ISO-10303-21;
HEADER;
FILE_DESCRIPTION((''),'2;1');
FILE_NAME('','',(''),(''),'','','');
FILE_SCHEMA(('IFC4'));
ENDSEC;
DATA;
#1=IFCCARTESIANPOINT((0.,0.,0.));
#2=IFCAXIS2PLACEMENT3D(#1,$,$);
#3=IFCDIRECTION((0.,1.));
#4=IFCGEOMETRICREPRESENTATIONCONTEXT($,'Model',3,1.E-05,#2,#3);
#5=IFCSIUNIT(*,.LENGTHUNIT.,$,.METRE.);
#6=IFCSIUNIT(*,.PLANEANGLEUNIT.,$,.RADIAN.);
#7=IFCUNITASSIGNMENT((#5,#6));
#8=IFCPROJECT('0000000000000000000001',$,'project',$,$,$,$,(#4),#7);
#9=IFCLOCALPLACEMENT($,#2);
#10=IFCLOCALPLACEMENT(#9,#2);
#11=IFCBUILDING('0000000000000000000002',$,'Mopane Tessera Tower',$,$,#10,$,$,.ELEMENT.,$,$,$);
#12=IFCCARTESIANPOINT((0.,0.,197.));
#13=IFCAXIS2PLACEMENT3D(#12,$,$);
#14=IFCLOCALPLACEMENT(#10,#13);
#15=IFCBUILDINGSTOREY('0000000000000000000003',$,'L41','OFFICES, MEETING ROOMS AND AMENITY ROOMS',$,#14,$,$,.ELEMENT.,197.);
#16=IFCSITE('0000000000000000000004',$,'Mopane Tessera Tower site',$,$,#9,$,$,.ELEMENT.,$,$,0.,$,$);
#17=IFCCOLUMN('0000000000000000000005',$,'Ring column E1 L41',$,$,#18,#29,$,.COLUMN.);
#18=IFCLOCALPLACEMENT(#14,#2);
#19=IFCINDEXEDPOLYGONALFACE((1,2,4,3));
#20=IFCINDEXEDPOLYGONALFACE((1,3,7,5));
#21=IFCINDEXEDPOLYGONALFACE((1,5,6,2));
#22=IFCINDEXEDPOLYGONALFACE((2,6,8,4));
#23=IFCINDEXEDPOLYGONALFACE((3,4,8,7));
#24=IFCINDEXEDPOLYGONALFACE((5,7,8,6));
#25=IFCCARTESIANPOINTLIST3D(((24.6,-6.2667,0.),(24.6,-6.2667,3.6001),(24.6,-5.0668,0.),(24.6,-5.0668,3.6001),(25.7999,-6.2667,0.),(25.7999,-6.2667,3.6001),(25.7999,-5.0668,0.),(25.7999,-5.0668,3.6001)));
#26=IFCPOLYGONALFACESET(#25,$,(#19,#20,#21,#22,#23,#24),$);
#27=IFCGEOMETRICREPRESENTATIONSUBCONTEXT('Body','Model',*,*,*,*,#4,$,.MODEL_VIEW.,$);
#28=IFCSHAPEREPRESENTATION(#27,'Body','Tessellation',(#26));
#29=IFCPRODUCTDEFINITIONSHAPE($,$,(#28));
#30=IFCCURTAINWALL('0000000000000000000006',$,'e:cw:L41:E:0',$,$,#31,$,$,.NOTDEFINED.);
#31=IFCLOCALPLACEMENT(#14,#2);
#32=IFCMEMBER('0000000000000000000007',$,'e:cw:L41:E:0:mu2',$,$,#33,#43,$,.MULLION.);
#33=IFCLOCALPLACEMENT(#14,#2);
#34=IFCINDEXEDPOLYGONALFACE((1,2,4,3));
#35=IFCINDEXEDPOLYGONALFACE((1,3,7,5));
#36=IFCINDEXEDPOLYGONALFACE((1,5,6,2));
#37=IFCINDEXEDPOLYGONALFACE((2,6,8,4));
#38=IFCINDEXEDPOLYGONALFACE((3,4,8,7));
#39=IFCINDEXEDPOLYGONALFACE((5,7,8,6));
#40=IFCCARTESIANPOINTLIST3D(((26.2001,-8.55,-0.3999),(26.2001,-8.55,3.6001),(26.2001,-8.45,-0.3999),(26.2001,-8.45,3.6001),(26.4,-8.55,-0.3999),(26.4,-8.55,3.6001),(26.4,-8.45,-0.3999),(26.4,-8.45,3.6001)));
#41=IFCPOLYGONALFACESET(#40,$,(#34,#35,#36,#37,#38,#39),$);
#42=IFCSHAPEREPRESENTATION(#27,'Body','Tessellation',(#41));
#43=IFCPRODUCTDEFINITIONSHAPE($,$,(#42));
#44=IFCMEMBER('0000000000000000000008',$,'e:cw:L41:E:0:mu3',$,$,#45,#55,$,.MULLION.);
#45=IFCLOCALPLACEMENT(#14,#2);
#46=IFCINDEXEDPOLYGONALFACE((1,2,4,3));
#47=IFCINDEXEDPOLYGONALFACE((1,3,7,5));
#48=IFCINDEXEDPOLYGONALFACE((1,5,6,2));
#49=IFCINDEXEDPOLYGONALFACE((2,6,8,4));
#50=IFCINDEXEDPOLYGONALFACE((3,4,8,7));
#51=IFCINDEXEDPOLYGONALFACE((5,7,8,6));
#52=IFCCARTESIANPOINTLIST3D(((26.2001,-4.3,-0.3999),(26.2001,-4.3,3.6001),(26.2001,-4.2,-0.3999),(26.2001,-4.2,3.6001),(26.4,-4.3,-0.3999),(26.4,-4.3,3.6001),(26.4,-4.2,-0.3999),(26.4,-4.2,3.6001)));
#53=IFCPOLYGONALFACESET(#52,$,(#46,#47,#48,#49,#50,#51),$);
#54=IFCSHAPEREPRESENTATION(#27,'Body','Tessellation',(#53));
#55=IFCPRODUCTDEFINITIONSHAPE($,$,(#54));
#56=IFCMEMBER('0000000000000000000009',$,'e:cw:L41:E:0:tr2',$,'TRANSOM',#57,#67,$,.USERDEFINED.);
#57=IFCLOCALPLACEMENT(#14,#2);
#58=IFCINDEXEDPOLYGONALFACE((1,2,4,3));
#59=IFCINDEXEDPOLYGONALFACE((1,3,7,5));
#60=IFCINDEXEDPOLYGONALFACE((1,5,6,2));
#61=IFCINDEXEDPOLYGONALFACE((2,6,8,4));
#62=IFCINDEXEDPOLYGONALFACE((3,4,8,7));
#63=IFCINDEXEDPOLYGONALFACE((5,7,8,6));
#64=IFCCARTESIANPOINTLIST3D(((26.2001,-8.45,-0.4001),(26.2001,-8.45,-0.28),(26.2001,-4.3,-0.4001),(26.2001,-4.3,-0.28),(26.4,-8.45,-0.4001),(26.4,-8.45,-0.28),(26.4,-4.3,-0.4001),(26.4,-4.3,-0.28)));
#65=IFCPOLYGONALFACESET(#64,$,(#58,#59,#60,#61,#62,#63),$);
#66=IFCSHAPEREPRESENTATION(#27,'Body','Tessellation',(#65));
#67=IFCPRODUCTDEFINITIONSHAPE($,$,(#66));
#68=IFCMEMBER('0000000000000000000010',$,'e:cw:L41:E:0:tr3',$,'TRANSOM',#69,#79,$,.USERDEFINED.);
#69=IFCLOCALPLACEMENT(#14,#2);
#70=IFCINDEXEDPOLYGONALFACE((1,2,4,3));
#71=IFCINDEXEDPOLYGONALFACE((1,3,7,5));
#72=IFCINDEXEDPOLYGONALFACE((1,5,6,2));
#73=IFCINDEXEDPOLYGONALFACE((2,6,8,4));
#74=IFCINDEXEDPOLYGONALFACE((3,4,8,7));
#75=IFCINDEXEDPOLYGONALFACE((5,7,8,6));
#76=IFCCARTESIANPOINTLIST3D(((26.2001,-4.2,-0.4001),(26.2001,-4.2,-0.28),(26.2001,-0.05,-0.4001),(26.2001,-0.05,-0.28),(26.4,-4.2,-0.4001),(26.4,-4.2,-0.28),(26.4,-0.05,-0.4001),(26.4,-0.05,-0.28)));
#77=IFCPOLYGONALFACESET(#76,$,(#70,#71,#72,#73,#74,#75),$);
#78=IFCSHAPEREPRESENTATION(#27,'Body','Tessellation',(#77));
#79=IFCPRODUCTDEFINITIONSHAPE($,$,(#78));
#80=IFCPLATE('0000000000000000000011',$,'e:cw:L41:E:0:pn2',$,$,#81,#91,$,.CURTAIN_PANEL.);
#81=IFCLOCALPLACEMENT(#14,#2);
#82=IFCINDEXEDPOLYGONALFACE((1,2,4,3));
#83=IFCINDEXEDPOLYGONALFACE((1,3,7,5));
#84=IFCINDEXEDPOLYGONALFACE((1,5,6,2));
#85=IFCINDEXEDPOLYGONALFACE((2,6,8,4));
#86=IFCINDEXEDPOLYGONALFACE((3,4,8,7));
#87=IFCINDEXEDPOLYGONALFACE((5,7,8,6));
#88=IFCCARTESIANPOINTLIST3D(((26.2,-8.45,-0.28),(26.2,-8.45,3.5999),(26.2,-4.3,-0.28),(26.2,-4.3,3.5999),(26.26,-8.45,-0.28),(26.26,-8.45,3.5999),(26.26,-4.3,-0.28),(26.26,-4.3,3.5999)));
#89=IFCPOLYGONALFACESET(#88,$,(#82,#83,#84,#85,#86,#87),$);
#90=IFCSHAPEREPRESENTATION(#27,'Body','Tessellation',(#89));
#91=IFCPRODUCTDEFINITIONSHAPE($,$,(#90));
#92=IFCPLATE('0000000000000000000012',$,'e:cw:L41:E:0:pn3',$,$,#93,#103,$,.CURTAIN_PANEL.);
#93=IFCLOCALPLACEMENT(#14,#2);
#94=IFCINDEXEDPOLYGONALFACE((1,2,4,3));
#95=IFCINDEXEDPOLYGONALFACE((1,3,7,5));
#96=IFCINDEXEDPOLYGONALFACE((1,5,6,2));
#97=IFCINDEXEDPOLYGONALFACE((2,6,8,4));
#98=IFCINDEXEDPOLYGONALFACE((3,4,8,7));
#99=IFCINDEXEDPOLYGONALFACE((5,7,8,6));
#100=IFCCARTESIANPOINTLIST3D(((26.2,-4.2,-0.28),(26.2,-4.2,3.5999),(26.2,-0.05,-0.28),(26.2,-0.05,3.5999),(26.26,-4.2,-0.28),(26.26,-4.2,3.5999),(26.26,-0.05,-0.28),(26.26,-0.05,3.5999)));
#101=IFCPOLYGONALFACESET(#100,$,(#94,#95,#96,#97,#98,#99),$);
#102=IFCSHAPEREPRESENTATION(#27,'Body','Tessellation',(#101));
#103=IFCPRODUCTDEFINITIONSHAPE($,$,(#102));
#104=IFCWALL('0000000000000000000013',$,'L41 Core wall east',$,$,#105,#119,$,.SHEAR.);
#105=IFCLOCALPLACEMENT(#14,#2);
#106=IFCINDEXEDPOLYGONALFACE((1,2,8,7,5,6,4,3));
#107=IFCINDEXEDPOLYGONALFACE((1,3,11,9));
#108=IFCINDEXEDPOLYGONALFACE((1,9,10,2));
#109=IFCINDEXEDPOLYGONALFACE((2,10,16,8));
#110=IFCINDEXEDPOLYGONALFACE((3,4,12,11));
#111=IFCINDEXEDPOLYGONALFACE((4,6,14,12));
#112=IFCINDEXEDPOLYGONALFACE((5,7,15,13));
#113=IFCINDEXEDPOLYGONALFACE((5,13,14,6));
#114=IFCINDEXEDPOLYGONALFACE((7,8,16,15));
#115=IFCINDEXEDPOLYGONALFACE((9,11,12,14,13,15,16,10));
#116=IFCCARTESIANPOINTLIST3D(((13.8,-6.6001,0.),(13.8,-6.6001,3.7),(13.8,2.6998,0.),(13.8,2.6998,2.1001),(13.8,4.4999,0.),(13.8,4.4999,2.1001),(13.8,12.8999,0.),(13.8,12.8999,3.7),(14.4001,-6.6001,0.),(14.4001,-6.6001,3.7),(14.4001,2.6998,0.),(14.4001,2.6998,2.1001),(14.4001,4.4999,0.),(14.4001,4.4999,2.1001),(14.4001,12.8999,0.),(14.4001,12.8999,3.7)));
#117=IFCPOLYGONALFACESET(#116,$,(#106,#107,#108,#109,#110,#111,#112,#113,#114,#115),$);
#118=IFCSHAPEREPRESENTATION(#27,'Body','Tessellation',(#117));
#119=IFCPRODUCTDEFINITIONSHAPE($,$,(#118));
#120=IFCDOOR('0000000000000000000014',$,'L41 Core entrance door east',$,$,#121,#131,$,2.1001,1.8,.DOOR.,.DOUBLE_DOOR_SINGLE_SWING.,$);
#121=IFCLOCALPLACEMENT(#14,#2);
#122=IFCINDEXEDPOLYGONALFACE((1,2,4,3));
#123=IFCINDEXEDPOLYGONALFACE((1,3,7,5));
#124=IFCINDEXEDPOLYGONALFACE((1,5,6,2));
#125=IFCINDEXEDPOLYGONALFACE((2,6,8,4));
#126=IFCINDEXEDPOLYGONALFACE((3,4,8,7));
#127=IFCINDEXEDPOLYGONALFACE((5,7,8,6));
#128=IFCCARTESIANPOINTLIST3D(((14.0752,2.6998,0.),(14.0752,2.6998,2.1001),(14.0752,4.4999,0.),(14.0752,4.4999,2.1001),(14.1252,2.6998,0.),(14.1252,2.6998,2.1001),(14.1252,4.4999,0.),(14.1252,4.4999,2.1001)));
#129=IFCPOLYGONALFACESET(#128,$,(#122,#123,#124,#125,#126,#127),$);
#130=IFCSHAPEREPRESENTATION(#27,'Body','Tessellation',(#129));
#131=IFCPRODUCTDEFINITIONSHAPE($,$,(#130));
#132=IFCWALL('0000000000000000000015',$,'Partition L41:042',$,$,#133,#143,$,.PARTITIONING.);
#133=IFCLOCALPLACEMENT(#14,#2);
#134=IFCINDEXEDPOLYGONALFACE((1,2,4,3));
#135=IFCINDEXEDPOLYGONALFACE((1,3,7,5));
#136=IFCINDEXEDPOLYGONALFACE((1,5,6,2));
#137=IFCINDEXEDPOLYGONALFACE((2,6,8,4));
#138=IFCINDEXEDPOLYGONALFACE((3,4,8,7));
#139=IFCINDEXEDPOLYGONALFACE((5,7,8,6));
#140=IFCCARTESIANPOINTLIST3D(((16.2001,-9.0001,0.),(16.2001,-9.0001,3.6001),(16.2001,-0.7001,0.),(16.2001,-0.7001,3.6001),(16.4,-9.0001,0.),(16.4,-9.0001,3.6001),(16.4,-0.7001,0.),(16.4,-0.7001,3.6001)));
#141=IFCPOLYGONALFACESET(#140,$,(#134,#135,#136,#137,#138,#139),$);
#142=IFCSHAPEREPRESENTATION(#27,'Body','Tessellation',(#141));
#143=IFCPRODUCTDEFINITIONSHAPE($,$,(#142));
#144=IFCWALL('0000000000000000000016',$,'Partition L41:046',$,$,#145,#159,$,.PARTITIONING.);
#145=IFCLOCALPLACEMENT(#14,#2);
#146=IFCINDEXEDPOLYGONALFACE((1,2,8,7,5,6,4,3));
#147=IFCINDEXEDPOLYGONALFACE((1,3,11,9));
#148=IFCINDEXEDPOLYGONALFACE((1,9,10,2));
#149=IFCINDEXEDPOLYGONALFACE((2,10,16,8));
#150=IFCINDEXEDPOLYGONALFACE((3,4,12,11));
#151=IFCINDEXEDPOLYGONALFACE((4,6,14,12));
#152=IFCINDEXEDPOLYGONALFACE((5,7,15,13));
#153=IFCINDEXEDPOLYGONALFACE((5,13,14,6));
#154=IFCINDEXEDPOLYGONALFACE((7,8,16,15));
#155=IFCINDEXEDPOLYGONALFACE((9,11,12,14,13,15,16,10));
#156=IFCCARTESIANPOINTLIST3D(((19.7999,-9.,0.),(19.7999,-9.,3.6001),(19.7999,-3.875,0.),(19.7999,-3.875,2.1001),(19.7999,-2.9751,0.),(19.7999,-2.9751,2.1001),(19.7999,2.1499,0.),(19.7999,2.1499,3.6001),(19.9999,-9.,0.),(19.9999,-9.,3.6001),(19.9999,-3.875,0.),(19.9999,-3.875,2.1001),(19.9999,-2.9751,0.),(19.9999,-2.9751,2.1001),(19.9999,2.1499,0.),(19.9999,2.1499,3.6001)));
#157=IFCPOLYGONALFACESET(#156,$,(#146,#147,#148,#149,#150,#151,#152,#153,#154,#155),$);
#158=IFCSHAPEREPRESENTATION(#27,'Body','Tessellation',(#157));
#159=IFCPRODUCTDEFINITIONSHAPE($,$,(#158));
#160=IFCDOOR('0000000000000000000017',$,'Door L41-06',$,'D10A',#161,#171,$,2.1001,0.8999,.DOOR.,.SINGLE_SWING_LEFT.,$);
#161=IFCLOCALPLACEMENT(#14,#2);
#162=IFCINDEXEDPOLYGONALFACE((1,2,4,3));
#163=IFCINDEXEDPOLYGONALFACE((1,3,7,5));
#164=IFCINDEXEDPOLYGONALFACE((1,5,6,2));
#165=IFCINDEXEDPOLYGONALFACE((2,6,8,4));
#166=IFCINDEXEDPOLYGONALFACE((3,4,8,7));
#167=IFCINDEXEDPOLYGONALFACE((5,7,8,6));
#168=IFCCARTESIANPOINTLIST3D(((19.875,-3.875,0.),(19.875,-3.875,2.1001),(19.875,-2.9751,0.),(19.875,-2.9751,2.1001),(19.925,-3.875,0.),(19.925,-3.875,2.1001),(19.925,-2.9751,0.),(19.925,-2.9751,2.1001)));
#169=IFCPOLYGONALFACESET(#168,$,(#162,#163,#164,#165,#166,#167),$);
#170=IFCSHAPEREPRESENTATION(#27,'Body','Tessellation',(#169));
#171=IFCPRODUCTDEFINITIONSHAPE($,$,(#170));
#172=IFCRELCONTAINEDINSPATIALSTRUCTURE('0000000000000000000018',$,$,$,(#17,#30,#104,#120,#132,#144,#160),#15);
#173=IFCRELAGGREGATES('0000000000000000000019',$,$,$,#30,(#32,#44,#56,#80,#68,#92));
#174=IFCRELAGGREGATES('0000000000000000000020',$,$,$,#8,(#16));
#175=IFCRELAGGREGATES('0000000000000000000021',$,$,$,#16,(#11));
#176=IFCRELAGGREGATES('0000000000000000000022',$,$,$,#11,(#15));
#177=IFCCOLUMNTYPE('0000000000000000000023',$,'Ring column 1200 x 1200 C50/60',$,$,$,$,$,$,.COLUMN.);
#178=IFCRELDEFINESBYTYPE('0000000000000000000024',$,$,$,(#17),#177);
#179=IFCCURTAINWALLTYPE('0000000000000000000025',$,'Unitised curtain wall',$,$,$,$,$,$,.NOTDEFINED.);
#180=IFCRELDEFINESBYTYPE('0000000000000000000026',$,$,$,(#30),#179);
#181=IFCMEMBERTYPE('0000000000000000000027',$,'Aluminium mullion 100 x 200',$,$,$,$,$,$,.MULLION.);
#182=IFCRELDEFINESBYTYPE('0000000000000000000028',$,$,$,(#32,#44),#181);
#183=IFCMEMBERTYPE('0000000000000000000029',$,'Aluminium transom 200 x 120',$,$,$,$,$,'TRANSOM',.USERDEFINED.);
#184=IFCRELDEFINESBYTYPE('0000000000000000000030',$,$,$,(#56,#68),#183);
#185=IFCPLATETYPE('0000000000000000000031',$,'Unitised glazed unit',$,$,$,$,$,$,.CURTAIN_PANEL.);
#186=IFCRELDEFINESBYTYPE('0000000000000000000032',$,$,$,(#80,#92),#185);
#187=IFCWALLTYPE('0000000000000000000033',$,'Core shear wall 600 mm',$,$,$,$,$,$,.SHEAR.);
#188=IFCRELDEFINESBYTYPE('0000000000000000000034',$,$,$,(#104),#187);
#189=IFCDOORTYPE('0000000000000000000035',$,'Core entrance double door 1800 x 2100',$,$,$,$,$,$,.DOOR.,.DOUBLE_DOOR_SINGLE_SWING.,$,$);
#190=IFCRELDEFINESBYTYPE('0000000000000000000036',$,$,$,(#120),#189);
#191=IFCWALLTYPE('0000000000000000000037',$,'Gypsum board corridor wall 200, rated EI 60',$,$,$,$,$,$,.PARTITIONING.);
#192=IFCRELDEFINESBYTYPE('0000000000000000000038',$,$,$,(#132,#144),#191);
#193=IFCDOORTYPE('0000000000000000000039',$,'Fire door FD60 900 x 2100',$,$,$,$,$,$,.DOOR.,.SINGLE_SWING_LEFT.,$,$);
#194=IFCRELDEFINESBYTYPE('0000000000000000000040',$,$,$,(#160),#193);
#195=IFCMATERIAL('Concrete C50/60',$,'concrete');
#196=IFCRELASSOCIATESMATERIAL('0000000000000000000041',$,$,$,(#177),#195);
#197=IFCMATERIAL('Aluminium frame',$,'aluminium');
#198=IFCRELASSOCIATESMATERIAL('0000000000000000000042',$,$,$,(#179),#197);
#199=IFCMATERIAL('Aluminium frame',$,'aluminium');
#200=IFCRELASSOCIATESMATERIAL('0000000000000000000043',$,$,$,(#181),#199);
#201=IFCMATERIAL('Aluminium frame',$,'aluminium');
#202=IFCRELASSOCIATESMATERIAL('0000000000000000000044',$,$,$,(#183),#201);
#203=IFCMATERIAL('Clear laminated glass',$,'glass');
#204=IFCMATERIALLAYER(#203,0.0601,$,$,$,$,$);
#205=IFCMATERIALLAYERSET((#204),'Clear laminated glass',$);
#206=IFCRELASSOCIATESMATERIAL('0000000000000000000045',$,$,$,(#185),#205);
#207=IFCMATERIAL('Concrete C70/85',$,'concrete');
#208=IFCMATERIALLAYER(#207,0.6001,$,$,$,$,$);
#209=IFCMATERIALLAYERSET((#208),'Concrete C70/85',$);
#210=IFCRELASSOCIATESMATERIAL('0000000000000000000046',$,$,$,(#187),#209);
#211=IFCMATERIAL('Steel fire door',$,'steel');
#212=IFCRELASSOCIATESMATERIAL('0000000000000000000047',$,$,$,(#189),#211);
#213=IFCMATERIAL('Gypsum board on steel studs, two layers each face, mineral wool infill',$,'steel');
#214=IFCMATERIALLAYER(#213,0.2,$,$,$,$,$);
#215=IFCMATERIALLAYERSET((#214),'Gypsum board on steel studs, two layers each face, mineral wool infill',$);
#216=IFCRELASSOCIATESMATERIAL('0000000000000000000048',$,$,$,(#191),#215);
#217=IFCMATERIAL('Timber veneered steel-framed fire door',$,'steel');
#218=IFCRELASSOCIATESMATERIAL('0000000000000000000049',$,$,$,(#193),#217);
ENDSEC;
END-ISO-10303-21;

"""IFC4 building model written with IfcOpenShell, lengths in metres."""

from ifc_helpers import new_model, si_unit, direction, frame, frame_2d, origin, origin_2d, place, context, subcontext, project, spatial, rectangle, extrude, material, layer, layer_set, material_profile, profile_set, type_object, element, fill, aggregate, save


model = new_model("IFC4")

# Units and contexts
model_context = context("Model", 3, precision=1e-05, world=origin(), true_north=direction((0.0, 1.0)))
body_context = subcontext(model_context, "Body", "Model", "MODEL_VIEW")
ifc_project = project(units=[si_unit("LENGTHUNIT", "METRE"), si_unit("PLANEANGLEUNIT", "RADIAN")], contexts=[model_context])

# Site, building, storey
site_placement = place(None, origin())
site = spatial("IfcSite", under=ifc_project, at=site_placement, Name="Mopane Tessera Tower site", CompositionType="ELEMENT", RefElevation=0.0)
building_placement = place(site_placement, origin())
building = spatial("IfcBuilding", under=site, at=building_placement, Name="Mopane Tessera Tower", CompositionType="ELEMENT")
storey_placement = place(building_placement, frame((0.0, 0.0, 197.0)))
storey = spatial("IfcBuildingStorey", under=building, at=storey_placement, Name="L41", Description="OFFICES, MEETING ROOMS AND AMENITY ROOMS", CompositionType="ELEMENT", Elevation=197.0)

# Column
ifc_material_1 = material(Name="Concrete C50/60", Category="concrete")
ifc_material_profile_1 = material_profile(ifc_material_1, rectangle(XDim=1.2, YDim=1.2, at=origin_2d()))
ifc_profile_set_1 = profile_set([ifc_material_profile_1], Name="Concrete C50/60")
column_type = type_object("IfcColumnType", Name="Ring column 1200 x 1200 C50/60", PredefinedType="COLUMN", material=ifc_profile_set_1)
column_placement = place(storey_placement, frame((25.2, -5.6667, 0.0), z_axis=(0.0, 0.0, 1.0), x_axis=(1.0, 0.0, 0.0)))
element("IfcColumn", 1, at=column_placement, inside=storey, type_object=column_type, Name="Ring column E1 L41", PredefinedType="COLUMN", context=body_context, shape_type="SweptSolid", body=[
    extrude(rectangle(XDim=1.2, YDim=1.2, at=origin_2d()), origin(), (0.0, 0.0, 1.0), 3.6001),
])

# Curtain wall, members, plates
ifc_material_2 = material(Name="Aluminium frame", Category="aluminium")
curtain_wall_type = type_object("IfcCurtainWallType", Name="Unitised curtain wall", PredefinedType="NOTDEFINED", material=ifc_material_2)
curtain_wall_placement = place(storey_placement, origin())
curtain_wall = element("IfcCurtainWall", 2, at=curtain_wall_placement, inside=storey, type_object=curtain_wall_type, Name="e:cw:L41:E:0", PredefinedType="NOTDEFINED")
ifc_material_3 = material(Name="Aluminium frame", Category="aluminium")
ifc_material_profile_2 = material_profile(ifc_material_3, rectangle(XDim=0.1001, YDim=0.2, at=origin_2d()))
ifc_profile_set_2 = profile_set([ifc_material_profile_2], Name="Aluminium frame")
member_type_1 = type_object("IfcMemberType", Name="Aluminium mullion 100 x 200", PredefinedType="MULLION", material=ifc_profile_set_2)
member_1_placement = place(storey_placement, frame((26.3, -8.5, -0.3999), z_axis=(0.0, 0.0, 1.0), x_axis=(0.0, 1.0, 0.0)))
member_1 = element("IfcMember", 3, at=member_1_placement, type_object=member_type_1, Name="e:cw:L41:E:0:mu2", PredefinedType="MULLION", context=body_context, shape_type="SweptSolid", body=[
    extrude(rectangle(XDim=0.1001, YDim=0.2, at=origin_2d()), origin(), (0.0, 0.0, 1.0), 4.0),
])
member_2_placement = place(storey_placement, frame((26.3, -4.25, -0.3999), z_axis=(0.0, 0.0, 1.0), x_axis=(0.0, 1.0, 0.0)))
member_2 = element("IfcMember", 4, at=member_2_placement, type_object=member_type_1, Name="e:cw:L41:E:0:mu3", PredefinedType="MULLION", context=body_context, shape_type="SweptSolid", body=[
    extrude(rectangle(XDim=0.1001, YDim=0.2, at=origin_2d()), origin(), (0.0, 0.0, 1.0), 4.0),
])
ifc_material_4 = material(Name="Aluminium frame", Category="aluminium")
ifc_material_profile_3 = material_profile(ifc_material_4, rectangle(XDim=0.2, YDim=0.1201, at=origin_2d()))
ifc_profile_set_3 = profile_set([ifc_material_profile_3], Name="Aluminium frame")
member_type_2 = type_object("IfcMemberType", Name="Aluminium transom 200 x 120", ElementType="TRANSOM", PredefinedType="USERDEFINED", material=ifc_profile_set_3)
member_3_placement = place(storey_placement, frame((26.3, -8.45, -0.3401), z_axis=(0.0, 1.0, 0.0), x_axis=(-1.0, 0.0, 0.0)))
member_3 = element("IfcMember", 5, at=member_3_placement, type_object=member_type_2, Name="e:cw:L41:E:0:tr2", ObjectType="TRANSOM", PredefinedType="USERDEFINED", context=body_context, shape_type="SweptSolid", body=[
    extrude(rectangle(XDim=0.2, YDim=0.1201, at=origin_2d()), origin(), (0.0, 0.0, 1.0), 4.1499),
])
member_4_placement = place(storey_placement, frame((26.3, -4.2, -0.3401), z_axis=(0.0, 1.0, 0.0), x_axis=(-1.0, 0.0, 0.0)))
member_4 = element("IfcMember", 6, at=member_4_placement, type_object=member_type_2, Name="e:cw:L41:E:0:tr3", ObjectType="TRANSOM", PredefinedType="USERDEFINED", context=body_context, shape_type="SweptSolid", body=[
    extrude(rectangle(XDim=0.2, YDim=0.1201, at=origin_2d()), origin(), (0.0, 0.0, 1.0), 4.1499),
])
ifc_material_5 = material(Name="Clear laminated glass", Category="glass")
ifc_layer_1 = layer(ifc_material_5, 0.0601)
ifc_layer_set_1 = layer_set([ifc_layer_1], Name="Clear laminated glass")
plate_type = type_object("IfcPlateType", Name="Unitised glazed unit", PredefinedType="CURTAIN_PANEL", material=ifc_layer_set_1)
plate_1_placement = place(storey_placement, frame((26.23, -6.375, -0.28), z_axis=(0.0, 0.0, 1.0), x_axis=(0.0, 1.0, 0.0)))
plate_1 = element("IfcPlate", 7, at=plate_1_placement, type_object=plate_type, Name="e:cw:L41:E:0:pn2", PredefinedType="CURTAIN_PANEL", context=body_context, shape_type="SweptSolid", body=[
    extrude(rectangle(XDim=4.1499, YDim=0.0601, at=origin_2d()), origin(), (0.0, 0.0, 1.0), 3.8799),
])
plate_2_placement = place(storey_placement, frame((26.23, -2.125, -0.28), z_axis=(0.0, 0.0, 1.0), x_axis=(0.0, 1.0, 0.0)))
plate_2 = element("IfcPlate", 8, at=plate_2_placement, type_object=plate_type, Name="e:cw:L41:E:0:pn3", PredefinedType="CURTAIN_PANEL", context=body_context, shape_type="SweptSolid", body=[
    extrude(rectangle(XDim=4.1499, YDim=0.0601, at=origin_2d()), origin(), (0.0, 0.0, 1.0), 3.8799),
])
aggregate(curtain_wall, [member_1, member_2, member_3, plate_1, member_4, plate_2])

# Wall, opening, door
ifc_material_6 = material(Name="Concrete C70/85", Category="concrete")
ifc_layer_2 = layer(ifc_material_6, 0.6001)
ifc_layer_set_2 = layer_set([ifc_layer_2], Name="Concrete C70/85")
wall_type_1 = type_object("IfcWallType", Name="Core shear wall 600 mm", PredefinedType="SHEAR", material=ifc_layer_set_2)
wall_1_placement = place(storey_placement, frame((14.1001, -6.6001, 0.0), z_axis=(0.0, 0.0, 1.0), x_axis=(0.0, 1.0, 0.0)))
wall_1 = element("IfcWall", 9, at=wall_1_placement, inside=storey, type_object=wall_type_1, Name="L41 Core wall east", PredefinedType="SHEAR", context=body_context, shape_type="SweptSolid", body=[
    extrude(rectangle(XDim=19.5, YDim=0.6001, at=frame_2d((9.75, 0.0))), origin(), (0.0, 0.0, 1.0), 3.7),
])
opening_1_placement = place(wall_1_placement, frame((9.3, 0.0, 0.0)))
opening_1 = element("IfcOpeningElement", 10, at=opening_1_placement, cuts=wall_1, PredefinedType="OPENING", context=body_context, shape_type="SweptSolid", body=[
    extrude(rectangle(XDim=1.8, YDim=2.1001, at=frame_2d((0.8999, 1.05))), frame((0.0, 0.312, 0.0), z_axis=(0.0, -1.0, 0.0), x_axis=(1.0, 0.0, 0.0)), (0.0, 0.0, 1.0), 0.624),
])
ifc_material_7 = material(Name="Steel fire door", Category="steel")
door_type_1 = type_object("IfcDoorType", Name="Core entrance double door 1800 x 2100", OperationType="DOUBLE_DOOR_SINGLE_SWING", PredefinedType="DOOR", material=ifc_material_7)
door_1_placement = place(opening_1_placement, origin())
door_1 = element("IfcDoor", 11, at=door_1_placement, inside=storey, type_object=door_type_1, Name="L41 Core entrance door east", OperationType="DOUBLE_DOOR_SINGLE_SWING", OverallHeight=2.1001, OverallWidth=1.8, PredefinedType="DOOR", context=body_context, shape_type="SweptSolid", body=[
    extrude(rectangle(XDim=1.8, YDim=2.1001, at=frame_2d((0.8999, 1.05))), frame((0.0, 0.0249, 0.0), z_axis=(0.0, -1.0, 0.0), x_axis=(1.0, 0.0, 0.0)), (0.0, 0.0, 1.0), 0.05),
])
fill(opening_1, door_1)

# Wall
ifc_material_8 = material(Name="Gypsum board on steel studs, two layers each face, mineral wool infill", Category="steel")
ifc_layer_3 = layer(ifc_material_8, 0.2)
ifc_layer_set_3 = layer_set([ifc_layer_3], Name="Gypsum board on steel studs, two layers each face, mineral wool infill")
wall_type_2 = type_object("IfcWallType", Name="Gypsum board corridor wall 200, rated EI 60", PredefinedType="PARTITIONING", material=ifc_layer_set_3)
wall_2_placement = place(storey_placement, frame((16.3, -9.0, 0.0), z_axis=(0.0, 0.0, 1.0), x_axis=(0.0, 1.0, 0.0)))
element("IfcWall", 12, at=wall_2_placement, inside=storey, type_object=wall_type_2, Name="Partition L41:042", PredefinedType="PARTITIONING", context=body_context, shape_type="SweptSolid", body=[
    extrude(rectangle(XDim=8.3, YDim=0.2, at=frame_2d((4.1499, 0.0))), origin(), (0.0, 0.0, 1.0), 3.6001),
])

# Wall, opening, door
wall_3_placement = place(storey_placement, frame((19.8999, -9.0, 0.0), z_axis=(0.0, 0.0, 1.0), x_axis=(0.0, 1.0, 0.0)))
wall_3 = element("IfcWall", 13, at=wall_3_placement, inside=storey, type_object=wall_type_2, Name="Partition L41:046", PredefinedType="PARTITIONING", context=body_context, shape_type="SweptSolid", body=[
    extrude(rectangle(XDim=11.1499, YDim=0.2, at=frame_2d((5.575, 0.0))), origin(), (0.0, 0.0, 1.0), 3.6001),
])
opening_2_placement = place(wall_3_placement, frame((5.125, 0.0, 0.0)))
opening_2 = element("IfcOpeningElement", 14, at=opening_2_placement, cuts=wall_3, PredefinedType="OPENING", context=body_context, shape_type="SweptSolid", body=[
    extrude(rectangle(XDim=0.8999, YDim=2.1001, at=frame_2d((0.45, 1.05))), frame((0.0, 0.1121, 0.0), z_axis=(0.0, -1.0, 0.0), x_axis=(1.0, 0.0, 0.0)), (0.0, 0.0, 1.0), 0.2239),
])
ifc_material_9 = material(Name="Timber veneered steel-framed fire door", Category="steel")
door_type_2 = type_object("IfcDoorType", Name="Fire door FD60 900 x 2100", OperationType="SINGLE_SWING_LEFT", PredefinedType="DOOR", material=ifc_material_9)
door_2_placement = place(opening_2_placement, origin())
door_2 = element("IfcDoor", 15, at=door_2_placement, inside=storey, type_object=door_type_2, Name="Door L41-06", ObjectType="D10A", OperationType="SINGLE_SWING_LEFT", OverallHeight=2.1001, OverallWidth=0.8999, PredefinedType="DOOR", context=body_context, shape_type="SweptSolid", body=[
    extrude(rectangle(XDim=0.8999, YDim=2.1001, at=frame_2d((0.45, 1.05))), frame((0.0, 0.0249, 0.0), z_axis=(0.0, -1.0, 0.0), x_axis=(1.0, 0.0, 0.0)), (0.0, 0.0, 1.0), 0.05),
])
fill(opening_2, door_2)

save(model, "model.ifc")
